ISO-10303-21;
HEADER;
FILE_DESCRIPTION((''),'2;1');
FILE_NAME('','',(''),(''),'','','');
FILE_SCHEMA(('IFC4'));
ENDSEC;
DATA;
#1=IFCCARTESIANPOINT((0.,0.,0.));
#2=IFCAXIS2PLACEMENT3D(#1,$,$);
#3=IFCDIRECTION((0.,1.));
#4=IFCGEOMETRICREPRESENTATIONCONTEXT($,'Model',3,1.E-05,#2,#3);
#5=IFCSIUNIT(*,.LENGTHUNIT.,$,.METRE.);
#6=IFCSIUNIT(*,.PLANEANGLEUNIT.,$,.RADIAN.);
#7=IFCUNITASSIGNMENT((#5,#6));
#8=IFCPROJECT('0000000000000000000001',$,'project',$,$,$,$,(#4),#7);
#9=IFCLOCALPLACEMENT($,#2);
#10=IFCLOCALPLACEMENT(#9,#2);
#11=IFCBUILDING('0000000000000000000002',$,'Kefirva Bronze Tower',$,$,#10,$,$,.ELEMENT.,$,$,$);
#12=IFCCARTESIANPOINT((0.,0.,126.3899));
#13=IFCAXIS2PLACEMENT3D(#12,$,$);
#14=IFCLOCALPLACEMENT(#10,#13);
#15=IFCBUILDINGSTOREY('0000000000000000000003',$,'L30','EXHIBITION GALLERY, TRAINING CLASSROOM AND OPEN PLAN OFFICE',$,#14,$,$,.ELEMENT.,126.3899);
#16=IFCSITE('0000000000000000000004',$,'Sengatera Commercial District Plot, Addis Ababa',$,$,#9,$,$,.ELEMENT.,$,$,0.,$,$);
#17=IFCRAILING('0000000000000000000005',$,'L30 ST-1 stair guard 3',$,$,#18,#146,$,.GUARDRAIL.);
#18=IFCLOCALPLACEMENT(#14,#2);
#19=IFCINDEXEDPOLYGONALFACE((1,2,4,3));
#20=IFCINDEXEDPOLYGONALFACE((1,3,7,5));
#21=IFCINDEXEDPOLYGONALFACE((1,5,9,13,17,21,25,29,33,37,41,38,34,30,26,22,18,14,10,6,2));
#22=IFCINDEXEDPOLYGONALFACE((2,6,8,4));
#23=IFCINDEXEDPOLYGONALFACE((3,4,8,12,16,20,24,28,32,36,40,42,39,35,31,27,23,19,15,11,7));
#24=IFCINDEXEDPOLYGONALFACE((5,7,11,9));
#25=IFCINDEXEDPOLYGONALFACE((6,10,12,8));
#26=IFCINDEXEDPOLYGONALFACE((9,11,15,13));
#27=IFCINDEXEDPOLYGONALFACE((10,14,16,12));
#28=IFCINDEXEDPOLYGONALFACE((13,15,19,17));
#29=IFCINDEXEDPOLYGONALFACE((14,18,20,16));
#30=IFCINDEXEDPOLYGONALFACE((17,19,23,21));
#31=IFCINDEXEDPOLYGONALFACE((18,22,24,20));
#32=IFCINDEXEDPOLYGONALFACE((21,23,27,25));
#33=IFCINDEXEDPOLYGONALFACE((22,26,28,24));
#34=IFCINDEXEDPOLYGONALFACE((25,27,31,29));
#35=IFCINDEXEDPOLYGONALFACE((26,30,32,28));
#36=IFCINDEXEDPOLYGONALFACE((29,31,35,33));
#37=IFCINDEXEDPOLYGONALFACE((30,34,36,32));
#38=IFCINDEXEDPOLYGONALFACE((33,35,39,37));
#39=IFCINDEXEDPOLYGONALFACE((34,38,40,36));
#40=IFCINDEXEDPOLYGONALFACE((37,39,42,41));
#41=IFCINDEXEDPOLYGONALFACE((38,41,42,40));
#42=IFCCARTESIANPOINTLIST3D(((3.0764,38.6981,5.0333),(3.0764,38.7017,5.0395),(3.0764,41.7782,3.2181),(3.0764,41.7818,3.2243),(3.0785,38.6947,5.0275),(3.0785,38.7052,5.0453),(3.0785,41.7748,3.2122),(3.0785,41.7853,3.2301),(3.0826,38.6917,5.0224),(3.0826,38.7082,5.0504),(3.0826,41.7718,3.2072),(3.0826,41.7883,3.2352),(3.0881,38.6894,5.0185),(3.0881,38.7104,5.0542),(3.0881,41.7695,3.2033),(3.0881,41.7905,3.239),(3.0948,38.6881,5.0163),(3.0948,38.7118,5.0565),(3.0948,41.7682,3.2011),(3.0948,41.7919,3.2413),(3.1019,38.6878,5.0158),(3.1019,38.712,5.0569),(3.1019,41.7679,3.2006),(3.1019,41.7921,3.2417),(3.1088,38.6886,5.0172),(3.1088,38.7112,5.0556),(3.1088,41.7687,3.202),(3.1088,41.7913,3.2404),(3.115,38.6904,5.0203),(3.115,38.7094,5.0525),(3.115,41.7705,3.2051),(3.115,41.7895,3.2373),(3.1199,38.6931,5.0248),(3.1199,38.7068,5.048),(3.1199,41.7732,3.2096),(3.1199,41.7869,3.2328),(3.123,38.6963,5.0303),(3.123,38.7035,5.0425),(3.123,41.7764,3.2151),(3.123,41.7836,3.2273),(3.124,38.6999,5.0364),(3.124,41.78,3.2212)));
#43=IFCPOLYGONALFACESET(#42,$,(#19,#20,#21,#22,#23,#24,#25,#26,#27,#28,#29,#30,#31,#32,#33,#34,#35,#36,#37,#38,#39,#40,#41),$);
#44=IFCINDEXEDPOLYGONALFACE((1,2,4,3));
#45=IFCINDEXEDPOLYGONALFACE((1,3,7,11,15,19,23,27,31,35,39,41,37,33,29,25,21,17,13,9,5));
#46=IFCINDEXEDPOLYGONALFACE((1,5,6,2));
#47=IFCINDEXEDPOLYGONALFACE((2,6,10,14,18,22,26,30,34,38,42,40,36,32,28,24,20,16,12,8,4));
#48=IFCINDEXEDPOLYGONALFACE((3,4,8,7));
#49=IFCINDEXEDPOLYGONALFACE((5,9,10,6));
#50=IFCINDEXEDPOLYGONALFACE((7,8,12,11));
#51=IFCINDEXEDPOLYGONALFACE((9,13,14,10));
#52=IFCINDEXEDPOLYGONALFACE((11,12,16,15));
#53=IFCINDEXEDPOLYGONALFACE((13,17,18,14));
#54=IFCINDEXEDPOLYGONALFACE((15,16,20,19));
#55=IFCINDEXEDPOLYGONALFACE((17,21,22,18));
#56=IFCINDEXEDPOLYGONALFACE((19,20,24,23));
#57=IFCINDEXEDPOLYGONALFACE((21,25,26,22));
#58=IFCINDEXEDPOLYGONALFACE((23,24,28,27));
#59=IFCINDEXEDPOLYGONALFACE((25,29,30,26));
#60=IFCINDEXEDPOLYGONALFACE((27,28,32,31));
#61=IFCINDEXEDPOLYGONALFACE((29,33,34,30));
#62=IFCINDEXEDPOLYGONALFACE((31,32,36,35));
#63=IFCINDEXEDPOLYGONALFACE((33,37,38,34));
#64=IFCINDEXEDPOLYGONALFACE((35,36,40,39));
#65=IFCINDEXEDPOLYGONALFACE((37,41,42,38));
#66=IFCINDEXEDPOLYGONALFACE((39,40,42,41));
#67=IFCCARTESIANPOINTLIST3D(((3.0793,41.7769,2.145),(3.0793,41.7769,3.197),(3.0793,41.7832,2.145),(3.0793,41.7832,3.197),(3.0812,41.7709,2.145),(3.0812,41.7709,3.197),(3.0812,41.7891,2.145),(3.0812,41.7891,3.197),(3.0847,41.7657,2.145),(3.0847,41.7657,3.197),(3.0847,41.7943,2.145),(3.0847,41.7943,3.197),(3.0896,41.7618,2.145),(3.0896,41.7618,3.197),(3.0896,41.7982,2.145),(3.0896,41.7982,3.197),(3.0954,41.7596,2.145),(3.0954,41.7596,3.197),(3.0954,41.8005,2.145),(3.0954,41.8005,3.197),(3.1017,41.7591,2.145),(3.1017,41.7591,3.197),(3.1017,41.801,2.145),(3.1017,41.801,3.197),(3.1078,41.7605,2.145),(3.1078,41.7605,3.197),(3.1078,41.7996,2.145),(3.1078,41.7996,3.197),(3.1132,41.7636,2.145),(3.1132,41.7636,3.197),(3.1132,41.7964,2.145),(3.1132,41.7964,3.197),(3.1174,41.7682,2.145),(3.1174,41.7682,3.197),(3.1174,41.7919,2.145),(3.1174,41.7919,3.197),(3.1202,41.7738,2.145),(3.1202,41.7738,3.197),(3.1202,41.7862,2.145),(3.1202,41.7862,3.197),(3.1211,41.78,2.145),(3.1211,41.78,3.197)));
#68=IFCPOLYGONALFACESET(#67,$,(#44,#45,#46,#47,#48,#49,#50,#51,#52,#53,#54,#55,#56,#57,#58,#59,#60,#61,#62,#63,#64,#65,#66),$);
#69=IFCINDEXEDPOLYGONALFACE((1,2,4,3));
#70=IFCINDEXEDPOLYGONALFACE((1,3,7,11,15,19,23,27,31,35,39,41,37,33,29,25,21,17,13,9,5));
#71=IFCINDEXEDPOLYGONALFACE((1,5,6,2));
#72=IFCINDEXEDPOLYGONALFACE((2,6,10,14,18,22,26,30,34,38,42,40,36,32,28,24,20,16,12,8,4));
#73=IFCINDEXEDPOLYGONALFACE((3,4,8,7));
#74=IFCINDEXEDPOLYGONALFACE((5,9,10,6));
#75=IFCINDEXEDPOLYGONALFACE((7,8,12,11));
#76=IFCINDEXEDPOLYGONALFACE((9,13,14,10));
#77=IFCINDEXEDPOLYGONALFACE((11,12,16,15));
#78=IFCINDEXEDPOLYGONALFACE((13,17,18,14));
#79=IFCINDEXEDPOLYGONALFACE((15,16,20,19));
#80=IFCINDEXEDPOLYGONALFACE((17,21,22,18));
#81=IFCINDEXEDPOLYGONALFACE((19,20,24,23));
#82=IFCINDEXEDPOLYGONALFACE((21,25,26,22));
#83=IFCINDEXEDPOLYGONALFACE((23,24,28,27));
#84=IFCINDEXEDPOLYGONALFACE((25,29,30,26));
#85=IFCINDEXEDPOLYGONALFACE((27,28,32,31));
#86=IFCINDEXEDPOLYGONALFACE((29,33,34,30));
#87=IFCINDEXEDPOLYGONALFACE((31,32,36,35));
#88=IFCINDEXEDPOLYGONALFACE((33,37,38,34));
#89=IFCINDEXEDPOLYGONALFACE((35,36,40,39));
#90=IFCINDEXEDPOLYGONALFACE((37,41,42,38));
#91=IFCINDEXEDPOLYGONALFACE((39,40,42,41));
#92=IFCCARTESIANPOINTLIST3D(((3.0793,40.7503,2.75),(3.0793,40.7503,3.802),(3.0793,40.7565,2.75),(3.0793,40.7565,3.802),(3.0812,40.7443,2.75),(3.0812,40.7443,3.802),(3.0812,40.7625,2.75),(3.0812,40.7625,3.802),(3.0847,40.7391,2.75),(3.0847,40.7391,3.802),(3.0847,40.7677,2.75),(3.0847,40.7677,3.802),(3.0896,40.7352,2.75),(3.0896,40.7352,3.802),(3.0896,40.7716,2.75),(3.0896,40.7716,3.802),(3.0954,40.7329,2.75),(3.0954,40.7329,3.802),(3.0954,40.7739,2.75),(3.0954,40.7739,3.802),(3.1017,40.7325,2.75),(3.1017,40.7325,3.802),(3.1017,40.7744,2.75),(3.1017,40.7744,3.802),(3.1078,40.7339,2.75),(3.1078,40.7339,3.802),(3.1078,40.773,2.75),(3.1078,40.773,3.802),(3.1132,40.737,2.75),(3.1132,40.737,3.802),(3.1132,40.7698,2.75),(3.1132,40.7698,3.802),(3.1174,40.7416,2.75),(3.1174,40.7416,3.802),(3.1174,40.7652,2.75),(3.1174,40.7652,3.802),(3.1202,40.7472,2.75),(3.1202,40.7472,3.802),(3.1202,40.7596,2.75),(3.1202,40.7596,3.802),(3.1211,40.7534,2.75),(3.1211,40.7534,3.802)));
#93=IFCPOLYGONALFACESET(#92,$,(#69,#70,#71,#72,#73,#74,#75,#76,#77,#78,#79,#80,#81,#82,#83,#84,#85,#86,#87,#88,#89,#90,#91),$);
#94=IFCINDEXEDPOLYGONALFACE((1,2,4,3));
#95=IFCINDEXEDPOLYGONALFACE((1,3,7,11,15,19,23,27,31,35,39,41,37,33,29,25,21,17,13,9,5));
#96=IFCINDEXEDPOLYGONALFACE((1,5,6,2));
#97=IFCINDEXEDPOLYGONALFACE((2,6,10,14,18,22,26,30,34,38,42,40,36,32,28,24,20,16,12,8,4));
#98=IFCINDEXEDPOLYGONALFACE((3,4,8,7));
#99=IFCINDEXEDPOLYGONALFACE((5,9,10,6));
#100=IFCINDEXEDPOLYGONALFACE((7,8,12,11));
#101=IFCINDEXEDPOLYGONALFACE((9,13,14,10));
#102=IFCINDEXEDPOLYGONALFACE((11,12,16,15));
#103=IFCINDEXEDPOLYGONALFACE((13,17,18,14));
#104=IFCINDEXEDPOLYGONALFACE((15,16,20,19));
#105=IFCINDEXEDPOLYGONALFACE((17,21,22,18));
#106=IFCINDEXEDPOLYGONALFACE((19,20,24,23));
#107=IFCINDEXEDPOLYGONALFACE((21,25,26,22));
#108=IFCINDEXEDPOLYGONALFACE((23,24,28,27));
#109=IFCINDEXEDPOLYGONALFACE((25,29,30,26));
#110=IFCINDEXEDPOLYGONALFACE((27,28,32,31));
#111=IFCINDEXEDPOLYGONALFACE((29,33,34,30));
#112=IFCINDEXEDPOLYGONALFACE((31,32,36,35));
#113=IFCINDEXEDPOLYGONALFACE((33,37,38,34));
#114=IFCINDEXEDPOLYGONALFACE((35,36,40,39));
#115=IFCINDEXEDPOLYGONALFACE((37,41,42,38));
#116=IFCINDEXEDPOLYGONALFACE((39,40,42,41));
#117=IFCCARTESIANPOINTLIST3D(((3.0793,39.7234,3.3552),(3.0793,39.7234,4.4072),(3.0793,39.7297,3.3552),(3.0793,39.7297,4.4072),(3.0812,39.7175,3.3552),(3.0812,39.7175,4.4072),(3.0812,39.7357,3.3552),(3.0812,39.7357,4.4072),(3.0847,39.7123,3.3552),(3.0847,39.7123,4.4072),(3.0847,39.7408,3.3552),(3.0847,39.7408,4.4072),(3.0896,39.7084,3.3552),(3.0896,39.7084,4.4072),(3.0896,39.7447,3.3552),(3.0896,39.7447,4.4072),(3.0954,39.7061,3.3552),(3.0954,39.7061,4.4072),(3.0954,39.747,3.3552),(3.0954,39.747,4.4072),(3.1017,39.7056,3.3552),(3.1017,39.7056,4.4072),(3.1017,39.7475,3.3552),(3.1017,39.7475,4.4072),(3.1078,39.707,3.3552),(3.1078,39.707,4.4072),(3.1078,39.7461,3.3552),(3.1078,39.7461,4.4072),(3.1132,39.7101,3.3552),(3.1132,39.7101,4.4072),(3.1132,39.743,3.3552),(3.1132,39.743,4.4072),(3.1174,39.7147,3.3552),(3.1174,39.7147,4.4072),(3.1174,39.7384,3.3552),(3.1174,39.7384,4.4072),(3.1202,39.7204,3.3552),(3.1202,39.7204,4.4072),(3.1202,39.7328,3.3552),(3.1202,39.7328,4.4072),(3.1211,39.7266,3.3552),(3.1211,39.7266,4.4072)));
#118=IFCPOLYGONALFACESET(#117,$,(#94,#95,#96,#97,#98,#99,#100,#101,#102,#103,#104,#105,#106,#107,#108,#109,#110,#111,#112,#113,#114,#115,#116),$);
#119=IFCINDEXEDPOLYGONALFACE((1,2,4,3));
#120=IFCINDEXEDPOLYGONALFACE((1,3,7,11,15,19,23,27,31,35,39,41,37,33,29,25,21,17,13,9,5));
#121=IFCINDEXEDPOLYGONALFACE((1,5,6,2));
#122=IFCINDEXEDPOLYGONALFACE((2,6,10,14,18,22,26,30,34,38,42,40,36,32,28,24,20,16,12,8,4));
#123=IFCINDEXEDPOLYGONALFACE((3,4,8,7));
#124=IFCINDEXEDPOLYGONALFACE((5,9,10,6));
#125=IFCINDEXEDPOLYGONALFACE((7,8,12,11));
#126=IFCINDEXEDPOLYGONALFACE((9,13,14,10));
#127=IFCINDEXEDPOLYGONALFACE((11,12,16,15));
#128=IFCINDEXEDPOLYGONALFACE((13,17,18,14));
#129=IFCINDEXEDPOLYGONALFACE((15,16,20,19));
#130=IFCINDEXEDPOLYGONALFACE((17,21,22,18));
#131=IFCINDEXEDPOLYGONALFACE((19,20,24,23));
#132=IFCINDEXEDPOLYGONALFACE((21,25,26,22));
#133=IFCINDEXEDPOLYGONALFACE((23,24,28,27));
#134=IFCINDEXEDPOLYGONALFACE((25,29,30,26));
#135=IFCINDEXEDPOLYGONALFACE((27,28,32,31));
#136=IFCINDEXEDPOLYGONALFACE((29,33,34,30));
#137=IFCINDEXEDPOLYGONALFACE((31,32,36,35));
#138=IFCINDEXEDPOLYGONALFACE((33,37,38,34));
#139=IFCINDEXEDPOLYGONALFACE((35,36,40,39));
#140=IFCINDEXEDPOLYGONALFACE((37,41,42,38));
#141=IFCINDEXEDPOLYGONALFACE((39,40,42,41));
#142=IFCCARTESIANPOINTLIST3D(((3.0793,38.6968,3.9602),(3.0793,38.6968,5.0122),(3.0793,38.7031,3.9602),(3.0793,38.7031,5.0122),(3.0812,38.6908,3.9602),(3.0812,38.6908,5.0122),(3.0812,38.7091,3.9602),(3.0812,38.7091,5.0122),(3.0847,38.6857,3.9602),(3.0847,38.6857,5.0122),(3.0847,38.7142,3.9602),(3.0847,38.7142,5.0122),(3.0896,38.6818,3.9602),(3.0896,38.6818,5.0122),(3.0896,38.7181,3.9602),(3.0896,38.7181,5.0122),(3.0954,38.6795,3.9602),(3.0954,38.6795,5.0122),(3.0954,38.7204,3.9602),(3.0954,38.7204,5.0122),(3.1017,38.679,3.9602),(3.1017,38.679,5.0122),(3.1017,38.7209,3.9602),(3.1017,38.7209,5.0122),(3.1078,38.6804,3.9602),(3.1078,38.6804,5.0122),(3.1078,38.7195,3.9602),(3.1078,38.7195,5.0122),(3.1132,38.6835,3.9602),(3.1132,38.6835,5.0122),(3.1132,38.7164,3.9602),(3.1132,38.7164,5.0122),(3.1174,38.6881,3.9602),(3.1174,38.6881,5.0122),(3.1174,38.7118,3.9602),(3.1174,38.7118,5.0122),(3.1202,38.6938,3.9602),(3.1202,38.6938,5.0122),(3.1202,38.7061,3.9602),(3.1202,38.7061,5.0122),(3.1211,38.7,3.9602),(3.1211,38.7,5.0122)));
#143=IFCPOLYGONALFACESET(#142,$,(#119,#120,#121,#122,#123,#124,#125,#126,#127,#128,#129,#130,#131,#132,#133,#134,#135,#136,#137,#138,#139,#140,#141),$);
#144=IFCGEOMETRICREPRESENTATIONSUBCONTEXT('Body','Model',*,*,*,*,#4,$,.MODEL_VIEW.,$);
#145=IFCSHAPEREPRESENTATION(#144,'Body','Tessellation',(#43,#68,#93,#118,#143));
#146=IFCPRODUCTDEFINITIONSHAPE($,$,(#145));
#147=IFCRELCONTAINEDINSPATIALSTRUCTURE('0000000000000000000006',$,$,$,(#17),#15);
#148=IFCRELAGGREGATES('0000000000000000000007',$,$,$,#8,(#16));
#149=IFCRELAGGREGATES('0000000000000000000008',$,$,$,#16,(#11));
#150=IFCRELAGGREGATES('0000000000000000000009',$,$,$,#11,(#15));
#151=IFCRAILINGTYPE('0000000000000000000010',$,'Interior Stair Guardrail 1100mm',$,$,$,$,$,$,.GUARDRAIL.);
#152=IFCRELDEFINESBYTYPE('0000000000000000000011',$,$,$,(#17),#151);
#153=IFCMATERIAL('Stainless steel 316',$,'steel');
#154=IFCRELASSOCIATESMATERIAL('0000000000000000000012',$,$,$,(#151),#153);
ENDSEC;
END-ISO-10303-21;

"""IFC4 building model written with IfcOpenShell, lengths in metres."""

from ifc_helpers import new_model, si_unit, direction, frame, origin, origin_2d, place, context, subcontext, project, spatial, circle, extrude, material, type_object, element, save


model = new_model("IFC4")

# Units and contexts
model_context = context("Model", 3, precision=1e-05, world=origin(), true_north=direction((0.0, 1.0)))
body_context = subcontext(model_context, "Body", "Model", "MODEL_VIEW")
ifc_project = project(units=[si_unit("LENGTHUNIT", "METRE"), si_unit("PLANEANGLEUNIT", "RADIAN")], contexts=[model_context])

# Site, building, storey
site_placement = place(None, origin())
site = spatial("IfcSite", under=ifc_project, at=site_placement, Name="Sengatera Commercial District Plot, Addis Ababa", CompositionType="ELEMENT", RefElevation=0.0)
building_placement = place(site_placement, origin())
building = spatial("IfcBuilding", under=site, at=building_placement, Name="Kefirva Bronze Tower", CompositionType="ELEMENT")
storey_placement = place(building_placement, frame((0.0, 0.0, 126.3899)))
storey = spatial("IfcBuildingStorey", under=building, at=storey_placement, Name="L30", Description="EXHIBITION GALLERY, TRAINING CLASSROOM AND OPEN PLAN OFFICE", CompositionType="ELEMENT", Elevation=126.3899)

# Railing
ifc_material_1 = material(Name="Stainless steel 316", Category="steel")
railing_type_1 = type_object("IfcRailingType", Name="Interior Stair Guardrail 1100mm", PredefinedType="GUARDRAIL", material=ifc_material_1)
railing_1_placement = place(storey_placement, frame((3.1001, 41.78, 2.145)))
element("IfcRailing", 1, at=railing_1_placement, inside=storey, type_object=railing_type_1, Name="L30 ST-1 stair guard 3", PredefinedType="GUARDRAIL", context=body_context, shape_type="SweptSolid", body=[
    extrude(circle(Radius=0.0239, at=origin_2d()), frame((0.0, 0.0, 1.0762), z_axis=(0.0, -0.861521, 0.507721), x_axis=(1.0, 0.0, 0.0)), (0.0, 0.0, 1.0), 3.5752),
    extrude(circle(Radius=0.021, at=origin_2d()), origin(), (0.0, 0.0, 1.0), 1.052),
    extrude(circle(Radius=0.021, at=origin_2d()), frame((0.0, -1.0266, 0.605)), (0.0, 0.0, 1.0), 1.052),
    extrude(circle(Radius=0.021, at=origin_2d()), frame((0.0, -2.0535, 1.2102)), (0.0, 0.0, 1.0), 1.052),
    extrude(circle(Radius=0.021, at=origin_2d()), frame((0.0, -3.0801, 1.8152)), (0.0, 0.0, 1.0), 1.052),
])

save(model, "model.ifc")
